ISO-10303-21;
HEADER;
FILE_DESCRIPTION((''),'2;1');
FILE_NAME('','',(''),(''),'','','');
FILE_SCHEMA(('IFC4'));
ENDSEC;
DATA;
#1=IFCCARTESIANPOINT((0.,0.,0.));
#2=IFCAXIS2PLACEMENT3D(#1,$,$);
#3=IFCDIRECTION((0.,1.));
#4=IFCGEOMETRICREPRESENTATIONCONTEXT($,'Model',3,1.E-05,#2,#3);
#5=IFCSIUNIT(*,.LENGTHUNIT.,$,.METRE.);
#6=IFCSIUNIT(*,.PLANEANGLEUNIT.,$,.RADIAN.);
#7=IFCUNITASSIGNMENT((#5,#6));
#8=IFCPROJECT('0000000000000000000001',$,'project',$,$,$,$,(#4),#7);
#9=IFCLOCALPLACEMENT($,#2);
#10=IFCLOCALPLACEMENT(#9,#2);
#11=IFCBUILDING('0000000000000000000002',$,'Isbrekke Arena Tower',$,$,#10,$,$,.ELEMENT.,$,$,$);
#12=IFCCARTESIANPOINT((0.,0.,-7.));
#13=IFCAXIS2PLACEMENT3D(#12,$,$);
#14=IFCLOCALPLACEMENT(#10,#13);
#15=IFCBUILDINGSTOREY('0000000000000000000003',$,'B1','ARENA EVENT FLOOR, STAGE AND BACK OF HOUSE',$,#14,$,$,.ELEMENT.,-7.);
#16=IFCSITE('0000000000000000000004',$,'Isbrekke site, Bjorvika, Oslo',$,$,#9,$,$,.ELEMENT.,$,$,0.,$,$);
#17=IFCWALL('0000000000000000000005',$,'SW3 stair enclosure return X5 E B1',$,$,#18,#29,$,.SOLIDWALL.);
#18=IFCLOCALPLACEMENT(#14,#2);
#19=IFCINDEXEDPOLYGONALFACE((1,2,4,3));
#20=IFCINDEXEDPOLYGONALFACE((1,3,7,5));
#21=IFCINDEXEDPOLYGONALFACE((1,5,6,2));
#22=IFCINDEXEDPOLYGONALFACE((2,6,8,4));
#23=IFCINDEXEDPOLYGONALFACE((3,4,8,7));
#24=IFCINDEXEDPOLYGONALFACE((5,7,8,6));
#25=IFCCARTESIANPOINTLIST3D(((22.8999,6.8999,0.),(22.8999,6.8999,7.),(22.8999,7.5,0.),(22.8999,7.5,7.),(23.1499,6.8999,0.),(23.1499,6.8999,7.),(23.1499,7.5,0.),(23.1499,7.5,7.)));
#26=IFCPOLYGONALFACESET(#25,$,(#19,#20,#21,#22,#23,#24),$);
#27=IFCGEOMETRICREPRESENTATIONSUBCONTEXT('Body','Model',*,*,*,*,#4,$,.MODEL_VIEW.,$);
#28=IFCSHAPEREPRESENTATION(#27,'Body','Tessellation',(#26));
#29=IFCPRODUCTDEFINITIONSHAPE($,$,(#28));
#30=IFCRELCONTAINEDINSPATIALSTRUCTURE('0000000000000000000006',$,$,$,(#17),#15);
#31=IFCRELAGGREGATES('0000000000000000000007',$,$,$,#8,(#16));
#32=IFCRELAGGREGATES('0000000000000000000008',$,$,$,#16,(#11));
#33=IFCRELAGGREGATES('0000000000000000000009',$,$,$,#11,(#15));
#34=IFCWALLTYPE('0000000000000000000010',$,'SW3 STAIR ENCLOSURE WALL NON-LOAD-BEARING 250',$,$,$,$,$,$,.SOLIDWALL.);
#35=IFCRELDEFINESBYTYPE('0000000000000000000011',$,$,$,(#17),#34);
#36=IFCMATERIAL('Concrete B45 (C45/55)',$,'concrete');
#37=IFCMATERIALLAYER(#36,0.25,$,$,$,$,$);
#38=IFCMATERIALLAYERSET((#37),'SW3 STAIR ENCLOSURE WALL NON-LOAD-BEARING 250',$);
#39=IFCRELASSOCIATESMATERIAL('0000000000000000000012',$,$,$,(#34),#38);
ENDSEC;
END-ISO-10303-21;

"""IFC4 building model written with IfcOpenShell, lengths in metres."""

from ifc_helpers import new_model, si_unit, direction, frame, frame_2d, origin, place, context, subcontext, project, spatial, rectangle, extrude, material, layer, layer_set, type_object, element, save


model = new_model("IFC4")

# Units and contexts
model_context = context("Model", 3, precision=1e-05, world=origin(), true_north=direction((0.0, 1.0)))
body_context = subcontext(model_context, "Body", "Model", "MODEL_VIEW")
ifc_project = project(units=[si_unit("LENGTHUNIT", "METRE"), si_unit("PLANEANGLEUNIT", "RADIAN")], contexts=[model_context])

# Site, building, storey
site_placement = place(None, origin())
site = spatial("IfcSite", under=ifc_project, at=site_placement, Name="Isbrekke site, Bjorvika, Oslo", CompositionType="ELEMENT", RefElevation=0.0)
building_placement = place(site_placement, origin())
building = spatial("IfcBuilding", under=site, at=building_placement, Name="Isbrekke Arena Tower", CompositionType="ELEMENT")
storey_placement = place(building_placement, frame((0.0, 0.0, -7.0)))
storey = spatial("IfcBuildingStorey", under=building, at=storey_placement, Name="B1", Description="ARENA EVENT FLOOR, STAGE AND BACK OF HOUSE", CompositionType="ELEMENT", Elevation=-7.0)

# Wall
ifc_material_1 = material(Name="Concrete B45 (C45/55)", Category="concrete")
ifc_layer_1 = layer(ifc_material_1, 0.25)
ifc_layer_set_1 = layer_set([ifc_layer_1], Name="SW3 STAIR ENCLOSURE WALL NON-LOAD-BEARING 250")
wall_type_1 = type_object("IfcWallType", Name="SW3 STAIR ENCLOSURE WALL NON-LOAD-BEARING 250", PredefinedType="SOLIDWALL", material=ifc_layer_set_1)
wall_1_placement = place(storey_placement, frame((23.0249, 6.8999, 0.0), z_axis=(0.0, 0.0, 1.0), x_axis=(0.0, 1.0, 0.0)))
element("IfcWall", 1, at=wall_1_placement, inside=storey, type_object=wall_type_1, Name="SW3 stair enclosure return X5 E B1", PredefinedType="SOLIDWALL", context=body_context, shape_type="SweptSolid", body=[
    extrude(rectangle(XDim=0.6001, YDim=0.25, at=frame_2d((0.3, 0.0))), origin(), (0.0, 0.0, 1.0), 7.0),
])

save(model, "model.ifc")
